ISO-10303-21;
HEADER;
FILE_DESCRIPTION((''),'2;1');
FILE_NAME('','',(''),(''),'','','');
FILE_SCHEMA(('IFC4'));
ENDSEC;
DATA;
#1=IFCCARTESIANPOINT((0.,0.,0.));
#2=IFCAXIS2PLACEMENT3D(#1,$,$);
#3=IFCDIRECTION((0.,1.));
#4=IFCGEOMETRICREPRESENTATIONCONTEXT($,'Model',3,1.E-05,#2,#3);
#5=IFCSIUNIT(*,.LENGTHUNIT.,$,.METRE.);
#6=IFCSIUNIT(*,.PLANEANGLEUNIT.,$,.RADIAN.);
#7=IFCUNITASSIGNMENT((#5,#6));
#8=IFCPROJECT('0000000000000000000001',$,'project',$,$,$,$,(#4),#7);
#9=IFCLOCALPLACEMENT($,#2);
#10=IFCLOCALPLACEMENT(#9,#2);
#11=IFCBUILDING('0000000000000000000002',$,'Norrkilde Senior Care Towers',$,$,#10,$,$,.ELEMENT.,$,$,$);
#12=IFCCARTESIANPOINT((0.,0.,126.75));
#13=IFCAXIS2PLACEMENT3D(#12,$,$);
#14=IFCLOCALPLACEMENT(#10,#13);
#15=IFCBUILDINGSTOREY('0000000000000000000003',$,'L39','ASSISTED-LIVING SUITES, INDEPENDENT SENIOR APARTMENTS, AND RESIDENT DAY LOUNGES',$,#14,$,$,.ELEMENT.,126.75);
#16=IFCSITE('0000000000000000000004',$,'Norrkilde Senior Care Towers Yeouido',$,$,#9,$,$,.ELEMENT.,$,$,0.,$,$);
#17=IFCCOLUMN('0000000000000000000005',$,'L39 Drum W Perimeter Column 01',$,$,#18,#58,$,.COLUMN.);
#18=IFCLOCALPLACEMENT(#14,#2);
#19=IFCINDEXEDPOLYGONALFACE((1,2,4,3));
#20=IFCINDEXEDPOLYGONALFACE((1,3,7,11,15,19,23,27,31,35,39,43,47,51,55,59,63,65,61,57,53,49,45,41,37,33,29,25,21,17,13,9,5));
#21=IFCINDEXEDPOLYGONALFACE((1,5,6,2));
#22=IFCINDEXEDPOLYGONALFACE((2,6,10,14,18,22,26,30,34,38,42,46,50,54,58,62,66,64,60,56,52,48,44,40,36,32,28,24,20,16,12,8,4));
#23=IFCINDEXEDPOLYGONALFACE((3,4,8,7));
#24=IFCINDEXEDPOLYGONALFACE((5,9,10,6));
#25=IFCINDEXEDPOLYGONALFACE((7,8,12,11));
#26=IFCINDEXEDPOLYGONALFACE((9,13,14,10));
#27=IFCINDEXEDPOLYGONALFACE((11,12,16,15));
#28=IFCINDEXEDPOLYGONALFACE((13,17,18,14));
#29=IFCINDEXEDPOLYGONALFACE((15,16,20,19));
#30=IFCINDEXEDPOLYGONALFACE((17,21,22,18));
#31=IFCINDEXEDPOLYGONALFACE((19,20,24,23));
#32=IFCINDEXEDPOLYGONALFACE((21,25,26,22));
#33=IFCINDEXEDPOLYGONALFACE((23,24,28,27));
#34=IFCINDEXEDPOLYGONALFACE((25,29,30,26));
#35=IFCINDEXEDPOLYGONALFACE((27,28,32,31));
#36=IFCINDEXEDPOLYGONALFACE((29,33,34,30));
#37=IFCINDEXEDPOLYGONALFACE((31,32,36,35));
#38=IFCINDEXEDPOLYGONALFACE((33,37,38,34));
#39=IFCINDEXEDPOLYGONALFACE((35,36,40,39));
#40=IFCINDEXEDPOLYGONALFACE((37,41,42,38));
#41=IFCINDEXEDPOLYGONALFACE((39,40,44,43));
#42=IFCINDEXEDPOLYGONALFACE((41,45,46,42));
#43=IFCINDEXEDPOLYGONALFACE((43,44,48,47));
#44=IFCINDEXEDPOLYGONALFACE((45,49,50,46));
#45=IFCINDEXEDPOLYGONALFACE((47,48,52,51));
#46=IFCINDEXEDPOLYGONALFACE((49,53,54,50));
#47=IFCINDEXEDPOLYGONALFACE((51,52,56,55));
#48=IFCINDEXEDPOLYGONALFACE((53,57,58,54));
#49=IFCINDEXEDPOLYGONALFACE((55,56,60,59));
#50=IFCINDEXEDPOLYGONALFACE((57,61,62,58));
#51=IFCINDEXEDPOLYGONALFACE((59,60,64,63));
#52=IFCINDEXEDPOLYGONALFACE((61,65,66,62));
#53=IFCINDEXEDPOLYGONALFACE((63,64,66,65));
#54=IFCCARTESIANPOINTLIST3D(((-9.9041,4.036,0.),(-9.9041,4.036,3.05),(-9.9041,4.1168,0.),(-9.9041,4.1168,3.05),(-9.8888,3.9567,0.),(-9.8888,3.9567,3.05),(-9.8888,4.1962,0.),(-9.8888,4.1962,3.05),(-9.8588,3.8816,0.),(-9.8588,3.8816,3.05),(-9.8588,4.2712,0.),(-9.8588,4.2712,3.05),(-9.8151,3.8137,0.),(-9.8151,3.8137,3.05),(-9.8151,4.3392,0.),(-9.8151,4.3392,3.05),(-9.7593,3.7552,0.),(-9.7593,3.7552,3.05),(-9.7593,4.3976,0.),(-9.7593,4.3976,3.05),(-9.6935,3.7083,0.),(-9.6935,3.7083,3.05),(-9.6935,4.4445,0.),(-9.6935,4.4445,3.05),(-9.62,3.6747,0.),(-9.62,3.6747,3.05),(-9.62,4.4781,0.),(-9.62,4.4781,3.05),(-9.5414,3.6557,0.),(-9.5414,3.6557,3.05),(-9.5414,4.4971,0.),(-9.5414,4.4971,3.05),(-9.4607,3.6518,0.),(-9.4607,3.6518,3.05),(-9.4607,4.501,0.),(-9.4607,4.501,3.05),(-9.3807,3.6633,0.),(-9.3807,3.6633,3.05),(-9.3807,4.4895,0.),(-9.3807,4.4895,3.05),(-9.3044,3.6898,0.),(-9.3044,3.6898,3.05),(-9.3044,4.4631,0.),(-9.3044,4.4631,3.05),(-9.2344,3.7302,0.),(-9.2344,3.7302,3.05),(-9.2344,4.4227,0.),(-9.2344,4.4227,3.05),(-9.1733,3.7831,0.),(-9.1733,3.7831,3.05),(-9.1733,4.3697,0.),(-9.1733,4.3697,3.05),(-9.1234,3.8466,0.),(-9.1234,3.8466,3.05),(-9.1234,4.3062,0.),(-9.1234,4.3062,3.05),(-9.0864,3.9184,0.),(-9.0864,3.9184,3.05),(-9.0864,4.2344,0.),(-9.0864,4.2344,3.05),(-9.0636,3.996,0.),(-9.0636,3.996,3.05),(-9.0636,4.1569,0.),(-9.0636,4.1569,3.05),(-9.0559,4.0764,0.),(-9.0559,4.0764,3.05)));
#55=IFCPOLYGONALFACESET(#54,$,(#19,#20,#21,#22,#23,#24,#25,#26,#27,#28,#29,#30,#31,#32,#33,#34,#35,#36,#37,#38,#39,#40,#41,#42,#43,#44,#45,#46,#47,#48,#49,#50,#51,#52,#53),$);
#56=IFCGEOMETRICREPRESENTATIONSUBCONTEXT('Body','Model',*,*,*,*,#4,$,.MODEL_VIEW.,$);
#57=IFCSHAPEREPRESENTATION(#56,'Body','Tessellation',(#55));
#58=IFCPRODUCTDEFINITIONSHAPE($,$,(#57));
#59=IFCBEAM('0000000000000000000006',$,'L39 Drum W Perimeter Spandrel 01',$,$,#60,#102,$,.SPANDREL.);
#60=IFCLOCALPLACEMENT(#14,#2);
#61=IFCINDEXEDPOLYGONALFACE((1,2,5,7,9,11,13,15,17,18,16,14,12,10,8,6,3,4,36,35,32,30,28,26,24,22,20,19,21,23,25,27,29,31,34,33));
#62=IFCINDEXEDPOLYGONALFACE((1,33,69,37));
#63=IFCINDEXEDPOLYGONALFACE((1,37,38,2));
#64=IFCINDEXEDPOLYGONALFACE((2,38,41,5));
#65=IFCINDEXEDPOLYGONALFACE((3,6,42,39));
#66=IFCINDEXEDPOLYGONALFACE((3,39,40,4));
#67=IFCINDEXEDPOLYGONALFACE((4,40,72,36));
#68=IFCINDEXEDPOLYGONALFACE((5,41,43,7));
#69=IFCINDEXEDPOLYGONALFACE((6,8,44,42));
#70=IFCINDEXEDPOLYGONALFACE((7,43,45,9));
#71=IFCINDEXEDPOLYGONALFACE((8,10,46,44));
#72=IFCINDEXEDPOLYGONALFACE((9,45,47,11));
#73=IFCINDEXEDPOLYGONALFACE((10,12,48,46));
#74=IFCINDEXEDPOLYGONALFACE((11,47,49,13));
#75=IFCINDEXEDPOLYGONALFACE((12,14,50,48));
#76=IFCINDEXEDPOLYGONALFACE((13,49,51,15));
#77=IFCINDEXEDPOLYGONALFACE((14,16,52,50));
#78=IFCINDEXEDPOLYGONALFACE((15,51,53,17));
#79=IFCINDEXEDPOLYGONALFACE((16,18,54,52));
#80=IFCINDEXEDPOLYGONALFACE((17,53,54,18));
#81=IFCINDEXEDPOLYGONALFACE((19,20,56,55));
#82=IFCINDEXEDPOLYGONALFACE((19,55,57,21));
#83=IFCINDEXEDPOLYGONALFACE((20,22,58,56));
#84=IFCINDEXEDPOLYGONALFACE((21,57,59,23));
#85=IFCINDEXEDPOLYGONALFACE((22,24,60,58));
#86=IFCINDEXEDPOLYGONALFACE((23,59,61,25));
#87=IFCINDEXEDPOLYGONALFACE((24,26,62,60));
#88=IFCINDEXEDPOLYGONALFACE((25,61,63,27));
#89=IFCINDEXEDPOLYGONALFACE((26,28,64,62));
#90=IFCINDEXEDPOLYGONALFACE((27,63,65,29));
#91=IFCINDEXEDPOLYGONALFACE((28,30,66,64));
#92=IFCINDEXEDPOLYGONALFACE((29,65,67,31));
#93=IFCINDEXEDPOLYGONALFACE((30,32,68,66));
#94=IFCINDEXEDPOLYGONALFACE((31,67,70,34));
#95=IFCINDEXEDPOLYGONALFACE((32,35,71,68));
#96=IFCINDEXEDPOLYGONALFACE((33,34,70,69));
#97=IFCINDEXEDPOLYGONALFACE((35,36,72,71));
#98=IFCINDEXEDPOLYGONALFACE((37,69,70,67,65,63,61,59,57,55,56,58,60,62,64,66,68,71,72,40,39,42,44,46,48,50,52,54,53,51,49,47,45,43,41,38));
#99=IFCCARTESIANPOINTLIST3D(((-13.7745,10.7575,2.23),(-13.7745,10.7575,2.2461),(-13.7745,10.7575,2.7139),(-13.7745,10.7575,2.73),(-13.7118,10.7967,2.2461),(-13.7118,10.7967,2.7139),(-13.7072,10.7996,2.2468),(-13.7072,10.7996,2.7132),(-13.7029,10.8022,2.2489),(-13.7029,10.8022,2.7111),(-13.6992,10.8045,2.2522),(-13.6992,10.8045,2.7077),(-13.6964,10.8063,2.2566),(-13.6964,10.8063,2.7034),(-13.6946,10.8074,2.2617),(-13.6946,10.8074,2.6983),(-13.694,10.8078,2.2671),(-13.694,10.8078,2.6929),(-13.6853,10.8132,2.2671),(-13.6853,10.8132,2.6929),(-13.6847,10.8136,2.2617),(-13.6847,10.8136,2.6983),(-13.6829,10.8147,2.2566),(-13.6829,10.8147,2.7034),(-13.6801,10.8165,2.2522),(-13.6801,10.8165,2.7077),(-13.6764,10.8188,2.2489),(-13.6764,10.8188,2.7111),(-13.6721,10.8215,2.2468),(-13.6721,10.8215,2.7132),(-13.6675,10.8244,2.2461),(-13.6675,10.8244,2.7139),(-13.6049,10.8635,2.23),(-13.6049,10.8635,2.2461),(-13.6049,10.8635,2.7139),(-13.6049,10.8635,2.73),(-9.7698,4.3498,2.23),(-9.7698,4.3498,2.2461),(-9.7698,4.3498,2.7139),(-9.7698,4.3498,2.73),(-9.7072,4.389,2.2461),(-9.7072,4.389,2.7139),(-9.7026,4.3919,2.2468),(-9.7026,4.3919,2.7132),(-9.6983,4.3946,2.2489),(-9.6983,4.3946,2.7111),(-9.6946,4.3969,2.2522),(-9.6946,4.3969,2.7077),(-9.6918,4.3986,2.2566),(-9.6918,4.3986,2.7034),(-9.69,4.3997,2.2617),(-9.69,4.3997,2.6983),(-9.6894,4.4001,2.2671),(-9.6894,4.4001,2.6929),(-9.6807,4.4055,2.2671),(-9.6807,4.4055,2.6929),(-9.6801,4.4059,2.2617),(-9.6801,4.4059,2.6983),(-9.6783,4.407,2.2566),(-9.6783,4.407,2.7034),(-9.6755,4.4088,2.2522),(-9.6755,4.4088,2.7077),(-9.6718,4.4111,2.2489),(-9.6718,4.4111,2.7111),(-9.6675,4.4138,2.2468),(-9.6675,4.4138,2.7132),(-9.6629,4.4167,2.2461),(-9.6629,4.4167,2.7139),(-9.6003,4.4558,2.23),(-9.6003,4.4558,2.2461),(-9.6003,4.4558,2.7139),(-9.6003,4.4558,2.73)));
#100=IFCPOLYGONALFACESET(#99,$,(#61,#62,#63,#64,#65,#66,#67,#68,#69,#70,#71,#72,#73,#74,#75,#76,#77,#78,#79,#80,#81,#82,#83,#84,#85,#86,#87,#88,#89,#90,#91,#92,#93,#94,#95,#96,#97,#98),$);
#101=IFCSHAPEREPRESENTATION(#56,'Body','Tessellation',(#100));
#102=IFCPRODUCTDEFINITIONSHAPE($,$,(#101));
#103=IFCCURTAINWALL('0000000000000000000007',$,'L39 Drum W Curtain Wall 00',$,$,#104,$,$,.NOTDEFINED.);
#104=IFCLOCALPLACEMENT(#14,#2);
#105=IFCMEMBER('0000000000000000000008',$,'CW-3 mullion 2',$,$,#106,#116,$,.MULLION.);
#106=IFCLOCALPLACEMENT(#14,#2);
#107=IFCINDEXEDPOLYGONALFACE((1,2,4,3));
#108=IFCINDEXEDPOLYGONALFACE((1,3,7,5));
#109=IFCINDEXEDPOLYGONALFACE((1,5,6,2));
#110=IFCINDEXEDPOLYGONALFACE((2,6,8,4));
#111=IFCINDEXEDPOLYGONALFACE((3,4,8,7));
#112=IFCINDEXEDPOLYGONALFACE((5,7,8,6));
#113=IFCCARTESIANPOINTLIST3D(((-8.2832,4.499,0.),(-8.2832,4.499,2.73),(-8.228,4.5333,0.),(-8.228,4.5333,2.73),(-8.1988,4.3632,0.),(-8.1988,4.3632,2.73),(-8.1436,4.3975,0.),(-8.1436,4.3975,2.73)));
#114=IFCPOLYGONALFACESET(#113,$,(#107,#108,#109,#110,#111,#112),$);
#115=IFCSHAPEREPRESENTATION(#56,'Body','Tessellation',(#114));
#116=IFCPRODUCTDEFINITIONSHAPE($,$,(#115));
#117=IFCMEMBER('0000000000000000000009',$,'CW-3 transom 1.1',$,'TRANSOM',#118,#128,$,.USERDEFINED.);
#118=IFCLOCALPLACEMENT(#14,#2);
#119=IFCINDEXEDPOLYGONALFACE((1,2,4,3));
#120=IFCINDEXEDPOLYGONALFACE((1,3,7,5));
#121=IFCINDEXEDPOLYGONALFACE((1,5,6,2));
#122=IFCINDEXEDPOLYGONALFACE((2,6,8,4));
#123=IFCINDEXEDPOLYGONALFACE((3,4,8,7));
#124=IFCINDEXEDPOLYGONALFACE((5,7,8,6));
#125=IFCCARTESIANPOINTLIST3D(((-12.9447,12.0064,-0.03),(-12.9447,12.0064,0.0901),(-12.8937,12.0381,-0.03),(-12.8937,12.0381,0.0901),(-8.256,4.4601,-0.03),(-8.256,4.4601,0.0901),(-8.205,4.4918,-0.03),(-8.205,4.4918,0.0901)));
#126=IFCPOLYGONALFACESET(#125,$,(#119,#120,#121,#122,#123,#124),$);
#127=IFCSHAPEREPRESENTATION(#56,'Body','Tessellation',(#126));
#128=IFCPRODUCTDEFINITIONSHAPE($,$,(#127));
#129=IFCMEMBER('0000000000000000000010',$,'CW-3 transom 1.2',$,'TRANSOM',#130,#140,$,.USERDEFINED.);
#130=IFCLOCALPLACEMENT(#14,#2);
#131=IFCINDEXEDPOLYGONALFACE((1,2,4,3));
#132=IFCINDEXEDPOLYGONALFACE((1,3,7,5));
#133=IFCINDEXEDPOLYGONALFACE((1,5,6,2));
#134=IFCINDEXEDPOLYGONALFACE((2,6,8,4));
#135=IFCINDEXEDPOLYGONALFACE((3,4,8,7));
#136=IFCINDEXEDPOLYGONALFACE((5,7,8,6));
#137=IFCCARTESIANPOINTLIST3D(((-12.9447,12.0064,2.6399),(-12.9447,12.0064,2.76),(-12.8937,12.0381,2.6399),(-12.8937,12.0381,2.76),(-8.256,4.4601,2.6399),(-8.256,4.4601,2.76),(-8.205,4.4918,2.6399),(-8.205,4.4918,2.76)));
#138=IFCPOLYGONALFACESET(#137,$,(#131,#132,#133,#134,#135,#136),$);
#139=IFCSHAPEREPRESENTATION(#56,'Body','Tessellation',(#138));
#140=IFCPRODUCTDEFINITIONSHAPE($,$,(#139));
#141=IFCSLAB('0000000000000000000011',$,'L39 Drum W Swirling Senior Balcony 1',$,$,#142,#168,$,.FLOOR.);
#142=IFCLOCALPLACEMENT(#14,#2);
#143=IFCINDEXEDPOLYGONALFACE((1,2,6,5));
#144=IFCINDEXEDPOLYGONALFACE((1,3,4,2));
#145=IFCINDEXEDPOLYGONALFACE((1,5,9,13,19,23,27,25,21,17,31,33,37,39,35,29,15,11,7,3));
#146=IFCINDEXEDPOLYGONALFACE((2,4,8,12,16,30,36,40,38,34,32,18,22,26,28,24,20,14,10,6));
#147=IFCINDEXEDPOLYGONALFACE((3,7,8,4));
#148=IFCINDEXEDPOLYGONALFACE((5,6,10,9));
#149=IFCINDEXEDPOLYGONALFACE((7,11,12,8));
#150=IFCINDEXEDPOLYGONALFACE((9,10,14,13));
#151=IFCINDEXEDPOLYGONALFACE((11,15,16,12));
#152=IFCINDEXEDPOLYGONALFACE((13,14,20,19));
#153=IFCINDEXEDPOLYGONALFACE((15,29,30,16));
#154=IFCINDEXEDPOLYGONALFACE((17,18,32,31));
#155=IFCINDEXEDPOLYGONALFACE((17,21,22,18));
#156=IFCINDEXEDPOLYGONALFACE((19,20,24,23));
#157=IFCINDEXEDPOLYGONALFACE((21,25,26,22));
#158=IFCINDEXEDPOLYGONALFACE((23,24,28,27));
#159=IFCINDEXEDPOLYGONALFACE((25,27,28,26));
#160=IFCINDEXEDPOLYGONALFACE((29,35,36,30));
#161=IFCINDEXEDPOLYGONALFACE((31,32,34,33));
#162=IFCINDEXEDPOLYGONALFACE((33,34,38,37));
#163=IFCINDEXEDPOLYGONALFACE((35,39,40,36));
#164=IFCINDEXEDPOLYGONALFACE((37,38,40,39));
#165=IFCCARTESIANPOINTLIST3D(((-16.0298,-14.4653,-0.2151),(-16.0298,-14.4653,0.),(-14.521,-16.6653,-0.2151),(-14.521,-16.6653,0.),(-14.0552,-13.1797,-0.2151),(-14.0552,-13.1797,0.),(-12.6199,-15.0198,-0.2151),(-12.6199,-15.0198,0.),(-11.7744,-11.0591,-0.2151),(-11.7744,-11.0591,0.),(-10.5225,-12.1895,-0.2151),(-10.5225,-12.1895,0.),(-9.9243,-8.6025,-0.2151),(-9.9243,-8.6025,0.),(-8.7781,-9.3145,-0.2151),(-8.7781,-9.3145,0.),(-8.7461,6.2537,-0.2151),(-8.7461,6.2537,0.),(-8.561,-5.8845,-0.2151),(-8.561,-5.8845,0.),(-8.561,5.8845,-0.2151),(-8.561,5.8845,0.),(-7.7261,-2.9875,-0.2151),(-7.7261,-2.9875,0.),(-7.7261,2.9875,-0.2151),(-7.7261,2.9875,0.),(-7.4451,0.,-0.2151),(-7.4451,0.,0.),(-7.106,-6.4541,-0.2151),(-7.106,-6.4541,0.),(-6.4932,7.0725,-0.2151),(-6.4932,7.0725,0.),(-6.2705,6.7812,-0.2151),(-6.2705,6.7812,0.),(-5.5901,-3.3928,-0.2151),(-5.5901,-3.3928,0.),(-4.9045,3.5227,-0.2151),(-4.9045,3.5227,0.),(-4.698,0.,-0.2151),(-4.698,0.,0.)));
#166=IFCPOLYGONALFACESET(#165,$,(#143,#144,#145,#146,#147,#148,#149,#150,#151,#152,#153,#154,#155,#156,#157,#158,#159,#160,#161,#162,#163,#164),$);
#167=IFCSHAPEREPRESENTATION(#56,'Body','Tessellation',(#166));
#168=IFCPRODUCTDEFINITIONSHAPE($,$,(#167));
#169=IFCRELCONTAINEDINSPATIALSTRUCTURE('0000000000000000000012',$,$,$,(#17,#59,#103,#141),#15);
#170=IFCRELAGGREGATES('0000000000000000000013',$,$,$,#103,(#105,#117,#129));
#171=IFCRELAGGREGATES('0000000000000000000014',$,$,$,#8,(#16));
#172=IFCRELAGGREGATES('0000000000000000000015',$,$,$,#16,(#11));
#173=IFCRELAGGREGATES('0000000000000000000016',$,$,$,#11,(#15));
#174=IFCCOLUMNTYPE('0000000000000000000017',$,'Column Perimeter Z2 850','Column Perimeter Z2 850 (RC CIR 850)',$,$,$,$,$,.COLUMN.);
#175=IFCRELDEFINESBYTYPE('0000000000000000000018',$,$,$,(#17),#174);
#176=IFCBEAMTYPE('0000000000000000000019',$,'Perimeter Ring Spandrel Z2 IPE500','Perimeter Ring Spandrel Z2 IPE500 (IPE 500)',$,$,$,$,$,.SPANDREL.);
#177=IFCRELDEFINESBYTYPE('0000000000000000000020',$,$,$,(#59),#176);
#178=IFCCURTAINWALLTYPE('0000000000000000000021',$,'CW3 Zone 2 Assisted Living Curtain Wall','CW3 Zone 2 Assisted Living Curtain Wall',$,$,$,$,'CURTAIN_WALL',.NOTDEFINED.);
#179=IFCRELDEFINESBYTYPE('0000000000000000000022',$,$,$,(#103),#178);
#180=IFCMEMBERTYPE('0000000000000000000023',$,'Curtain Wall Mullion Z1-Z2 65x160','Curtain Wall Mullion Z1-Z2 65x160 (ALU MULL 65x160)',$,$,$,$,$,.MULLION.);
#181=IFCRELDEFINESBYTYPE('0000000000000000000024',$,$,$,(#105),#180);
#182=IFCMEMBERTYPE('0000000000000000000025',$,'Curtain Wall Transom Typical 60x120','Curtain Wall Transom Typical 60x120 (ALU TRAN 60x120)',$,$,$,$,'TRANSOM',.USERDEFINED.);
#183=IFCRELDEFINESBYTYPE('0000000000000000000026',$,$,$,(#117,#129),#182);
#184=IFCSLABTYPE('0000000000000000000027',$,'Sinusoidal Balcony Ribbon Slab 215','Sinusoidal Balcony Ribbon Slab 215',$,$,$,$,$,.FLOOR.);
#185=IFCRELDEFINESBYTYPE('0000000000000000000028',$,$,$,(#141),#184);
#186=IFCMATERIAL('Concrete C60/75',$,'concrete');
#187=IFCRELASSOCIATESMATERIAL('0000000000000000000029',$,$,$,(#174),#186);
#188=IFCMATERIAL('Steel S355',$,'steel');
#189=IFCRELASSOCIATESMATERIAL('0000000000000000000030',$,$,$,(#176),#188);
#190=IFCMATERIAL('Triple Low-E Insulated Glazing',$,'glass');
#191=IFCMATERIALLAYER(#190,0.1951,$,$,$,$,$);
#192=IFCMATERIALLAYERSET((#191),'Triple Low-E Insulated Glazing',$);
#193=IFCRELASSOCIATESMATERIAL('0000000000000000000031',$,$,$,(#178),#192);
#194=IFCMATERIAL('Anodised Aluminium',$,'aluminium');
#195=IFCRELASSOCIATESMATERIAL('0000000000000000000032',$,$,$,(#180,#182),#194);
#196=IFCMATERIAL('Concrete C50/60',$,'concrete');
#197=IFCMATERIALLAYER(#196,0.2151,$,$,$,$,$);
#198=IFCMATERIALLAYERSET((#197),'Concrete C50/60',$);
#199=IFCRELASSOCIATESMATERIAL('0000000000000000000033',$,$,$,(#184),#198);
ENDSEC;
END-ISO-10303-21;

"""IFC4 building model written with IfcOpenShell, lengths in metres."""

from ifc_helpers import new_model, si_unit, direction, frame, origin, origin_2d, place, context, subcontext, project, spatial, polyline, rectangle, circle, i_section, outline, extrude, source, transform, mapped, material, layer, layer_set, material_profile, profile_set, type_object, type_shapes, element, aggregate, save


model = new_model("IFC4")

# Units and contexts
model_context = context("Model", 3, precision=1e-05, world=origin(), true_north=direction((0.0, 1.0)))
body_context = subcontext(model_context, "Body", "Model", "MODEL_VIEW")
ifc_project = project(units=[si_unit("LENGTHUNIT", "METRE"), si_unit("PLANEANGLEUNIT", "RADIAN")], contexts=[model_context])

# Site, building, storey
site_placement = place(None, origin())
site = spatial("IfcSite", under=ifc_project, at=site_placement, Name="Norrkilde Senior Care Towers Yeouido", CompositionType="ELEMENT", RefElevation=0.0)
building_placement = place(site_placement, origin())
building = spatial("IfcBuilding", under=site, at=building_placement, Name="Norrkilde Senior Care Towers", CompositionType="ELEMENT")
storey_placement = place(building_placement, frame((0.0, 0.0, 126.75)))
storey = spatial("IfcBuildingStorey", under=building, at=storey_placement, Name="L39", Description="ASSISTED-LIVING SUITES, INDEPENDENT SENIOR APARTMENTS, AND RESIDENT DAY LOUNGES", CompositionType="ELEMENT", Elevation=126.75)

# Column
ifc_material_1 = material(Name="Concrete C60/75", Category="concrete")
ifc_material_profile_1 = material_profile(ifc_material_1, circle(Radius=0.425, at=origin_2d()), Name="RC CIR 850")
ifc_profile_set_1 = profile_set([ifc_material_profile_1], Name="Concrete C60/75")
column_type = type_object("IfcColumnType", Name="Column Perimeter Z2 850", Description="Column Perimeter Z2 850 (RC CIR 850)", PredefinedType="COLUMN", material=ifc_profile_set_1)
shared_shape_1 = source(origin(), body_context, "Body", "SweptSolid", [
    extrude(circle(Radius=0.425, at=origin_2d()), origin(), (0.0, 0.0, 1.0), 3.05),
])
type_shapes(column_type, [shared_shape_1])
column_placement = place(storey_placement, frame((-9.481, 4.0764, 0.0), z_axis=(0.0, 0.0, 1.0), x_axis=(1.0, 0.0, 0.0)))
element("IfcColumn", 1, at=column_placement, inside=storey, type_object=column_type, Name="L39 Drum W Perimeter Column 01", PredefinedType="COLUMN", context=body_context, shape_type="MappedRepresentation", body=[
    mapped(shared_shape_1, transform((0.0, 0.0, 0.0), x_axis=(1.0, 0.0, 0.0), y_axis=(0.0, 1.0, 0.0), z_axis=(0.0, 0.0, 1.0), scale=1.0)),
])

# Beam
ifc_material_2 = material(Name="Steel S355", Category="steel")
ifc_material_profile_2 = material_profile(ifc_material_2, i_section(OverallWidth=0.2, OverallDepth=0.5, WebThickness=0.0103, FlangeThickness=0.0161, FilletRadius=0.021, at=origin_2d()), Name="IPE 500")
ifc_profile_set_2 = profile_set([ifc_material_profile_2], Name="Steel S355")
beam_type = type_object("IfcBeamType", Name="Perimeter Ring Spandrel Z2 IPE500", Description="Perimeter Ring Spandrel Z2 IPE500 (IPE 500)", PredefinedType="SPANDREL", material=ifc_profile_set_2)
shared_shape_2 = source(origin(), body_context, "Body", "SweptSolid", [
    extrude(i_section(OverallWidth=0.2, OverallDepth=0.5, WebThickness=0.0103, FlangeThickness=0.0161, FilletRadius=0.021, at=origin_2d()), origin(), (0.0, 0.0, 1.0), 7.5562),
])
type_shapes(beam_type, [shared_shape_2])
beam_placement = place(storey_placement, frame((-9.6851, 4.4028, 2.48), z_axis=(-0.529982, 0.848009, 0.0), x_axis=(-0.848009, -0.529982, 0.0)))
element("IfcBeam", 2, at=beam_placement, inside=storey, type_object=beam_type, Name="L39 Drum W Perimeter Spandrel 01", PredefinedType="SPANDREL", context=body_context, shape_type="MappedRepresentation", body=[
    mapped(shared_shape_2, transform((0.0, 0.0, 0.0), x_axis=(1.0, 0.0, 0.0), y_axis=(0.0, 1.0, 0.0), z_axis=(0.0, 0.0, 1.0), scale=1.0)),
])

# Curtain wall, members
ifc_material_3 = material(Name="Triple Low-E Insulated Glazing", Category="glass")
ifc_layer_1 = layer(ifc_material_3, 0.1951)
ifc_layer_set_1 = layer_set([ifc_layer_1], Name="Triple Low-E Insulated Glazing")
curtain_wall_type = type_object("IfcCurtainWallType", Name="CW3 Zone 2 Assisted Living Curtain Wall", Description="CW3 Zone 2 Assisted Living Curtain Wall", ElementType="CURTAIN_WALL", PredefinedType="NOTDEFINED", material=ifc_layer_set_1)
curtain_wall_placement = place(storey_placement, origin())
curtain_wall = element("IfcCurtainWall", 3, at=curtain_wall_placement, inside=storey, type_object=curtain_wall_type, Name="L39 Drum W Curtain Wall 00", PredefinedType="NOTDEFINED")
ifc_material_4 = material(Name="Anodised Aluminium", Category="aluminium")
ifc_material_profile_3 = material_profile(ifc_material_4, rectangle(XDim=0.0649, YDim=0.1599, at=origin_2d()), Name="ALU MULL 65x160")
ifc_profile_set_3 = profile_set([ifc_material_profile_3], Name="Anodised Aluminium")
member_type_1 = type_object("IfcMemberType", Name="Curtain Wall Mullion Z1-Z2 65x160", Description="Curtain Wall Mullion Z1-Z2 65x160 (ALU MULL 65x160)", PredefinedType="MULLION", material=ifc_profile_set_3)
shared_shape_3 = source(origin(), body_context, "Body", "SweptSolid", [
    extrude(rectangle(XDim=0.0649, YDim=0.1599, at=origin_2d()), origin(), (0.0, 0.0, 1.0), 2.73),
])
type_shapes(member_type_1, [shared_shape_3])
member_1_placement = place(storey_placement, frame((-8.2134, 4.4482, 0.0), z_axis=(0.0, 0.0, 1.0), x_axis=(0.84941, 0.527733, 0.0)))
member_1 = element("IfcMember", 4, at=member_1_placement, type_object=member_type_1, Name="CW-3 mullion 2", PredefinedType="MULLION", context=body_context, shape_type="MappedRepresentation", body=[
    mapped(shared_shape_3, transform((0.0, 0.0, 0.0), x_axis=(1.0, 0.0, 0.0), y_axis=(0.0, 1.0, 0.0), z_axis=(0.0, 0.0, 1.0), scale=1.0)),
])
ifc_material_profile_4 = material_profile(ifc_material_4, rectangle(XDim=0.0601, YDim=0.1201, at=origin_2d()), Name="ALU TRAN 60x120")
ifc_profile_set_4 = profile_set([ifc_material_profile_4], Name="Anodised Aluminium")
member_type_2 = type_object("IfcMemberType", Name="Curtain Wall Transom Typical 60x120", Description="Curtain Wall Transom Typical 60x120 (ALU TRAN 60x120)", ElementType="TRANSOM", PredefinedType="USERDEFINED", material=ifc_profile_set_4)
shared_shape_4 = source(origin(), body_context, "Body", "SweptSolid", [
    extrude(rectangle(XDim=0.0601, YDim=0.1201, at=origin_2d()), origin(), (0.0, 0.0, 1.0), 8.8843),
])
type_shapes(member_type_2, [shared_shape_4])
member_2_placement = place(storey_placement, frame((-12.9192, 12.0222, 0.03), z_axis=(0.527749, -0.8494, 0.0), x_axis=(0.8494, 0.527749, 0.0)))
member_2 = element("IfcMember", 5, at=member_2_placement, type_object=member_type_2, Name="CW-3 transom 1.1", ObjectType="TRANSOM", PredefinedType="USERDEFINED", context=body_context, shape_type="MappedRepresentation", body=[
    mapped(shared_shape_4, transform((0.0, 0.0, 0.0), x_axis=(1.0, 0.0, 0.0), y_axis=(0.0, 1.0, 0.0), z_axis=(0.0, 0.0, 1.0), scale=1.0)),
])
member_3_placement = place(storey_placement, frame((-12.9192, 12.0222, 2.7), z_axis=(0.527749, -0.8494, 0.0), x_axis=(0.8494, 0.527749, 0.0)))
member_3 = element("IfcMember", 6, at=member_3_placement, type_object=member_type_2, Name="CW-3 transom 1.2", ObjectType="TRANSOM", PredefinedType="USERDEFINED", context=body_context, shape_type="MappedRepresentation", body=[
    mapped(shared_shape_4, transform((0.0, 0.0, 0.0), x_axis=(1.0, 0.0, 0.0), y_axis=(0.0, 1.0, 0.0), z_axis=(0.0, 0.0, 1.0), scale=1.0)),
])

# Slab
ifc_material_5 = material(Name="Concrete C50/60", Category="concrete")
ifc_layer_2 = layer(ifc_material_5, 0.2151)
ifc_layer_set_2 = layer_set([ifc_layer_2], Name="Concrete C50/60")
slab_type_1 = type_object("IfcSlabType", Name="Sinusoidal Balcony Ribbon Slab 215", Description="Sinusoidal Balcony Ribbon Slab 215", PredefinedType="FLOOR", material=ifc_layer_set_2)
slab_1_placement = place(storey_placement, frame((0.0, 0.0, -0.2151)))
element("IfcSlab", 7, at=slab_1_placement, inside=storey, type_object=slab_type_1, Name="L39 Drum W Swirling Senior Balcony 1", PredefinedType="FLOOR", context=body_context, shape_type="SweptSolid", body=[
    extrude(outline(polyline([(-8.7781, -9.3145), (-10.5225, -12.1895), (-12.6199, -15.0198), (-14.521, -16.6653), (-16.0298, -14.4653), (-14.0552, -13.1797), (-11.7744, -11.0591), (-9.9243, -8.6025), (-8.561, -5.8845), (-7.7261, -2.9875), (-7.4451, 0.0), (-7.7261, 2.9875), (-8.561, 5.8845), (-8.7461, 6.2537), (-6.4932, 7.0725), (-6.2705, 6.7812), (-4.9045, 3.5227), (-4.698, 0.0), (-5.5901, -3.3928), (-7.106, -6.4541), (-8.7781, -9.3145)])), origin(), (0.0, 0.0, 1.0), 0.2151),
])

aggregate(curtain_wall, [member_1, member_2, member_3])

save(model, "model.ifc")
